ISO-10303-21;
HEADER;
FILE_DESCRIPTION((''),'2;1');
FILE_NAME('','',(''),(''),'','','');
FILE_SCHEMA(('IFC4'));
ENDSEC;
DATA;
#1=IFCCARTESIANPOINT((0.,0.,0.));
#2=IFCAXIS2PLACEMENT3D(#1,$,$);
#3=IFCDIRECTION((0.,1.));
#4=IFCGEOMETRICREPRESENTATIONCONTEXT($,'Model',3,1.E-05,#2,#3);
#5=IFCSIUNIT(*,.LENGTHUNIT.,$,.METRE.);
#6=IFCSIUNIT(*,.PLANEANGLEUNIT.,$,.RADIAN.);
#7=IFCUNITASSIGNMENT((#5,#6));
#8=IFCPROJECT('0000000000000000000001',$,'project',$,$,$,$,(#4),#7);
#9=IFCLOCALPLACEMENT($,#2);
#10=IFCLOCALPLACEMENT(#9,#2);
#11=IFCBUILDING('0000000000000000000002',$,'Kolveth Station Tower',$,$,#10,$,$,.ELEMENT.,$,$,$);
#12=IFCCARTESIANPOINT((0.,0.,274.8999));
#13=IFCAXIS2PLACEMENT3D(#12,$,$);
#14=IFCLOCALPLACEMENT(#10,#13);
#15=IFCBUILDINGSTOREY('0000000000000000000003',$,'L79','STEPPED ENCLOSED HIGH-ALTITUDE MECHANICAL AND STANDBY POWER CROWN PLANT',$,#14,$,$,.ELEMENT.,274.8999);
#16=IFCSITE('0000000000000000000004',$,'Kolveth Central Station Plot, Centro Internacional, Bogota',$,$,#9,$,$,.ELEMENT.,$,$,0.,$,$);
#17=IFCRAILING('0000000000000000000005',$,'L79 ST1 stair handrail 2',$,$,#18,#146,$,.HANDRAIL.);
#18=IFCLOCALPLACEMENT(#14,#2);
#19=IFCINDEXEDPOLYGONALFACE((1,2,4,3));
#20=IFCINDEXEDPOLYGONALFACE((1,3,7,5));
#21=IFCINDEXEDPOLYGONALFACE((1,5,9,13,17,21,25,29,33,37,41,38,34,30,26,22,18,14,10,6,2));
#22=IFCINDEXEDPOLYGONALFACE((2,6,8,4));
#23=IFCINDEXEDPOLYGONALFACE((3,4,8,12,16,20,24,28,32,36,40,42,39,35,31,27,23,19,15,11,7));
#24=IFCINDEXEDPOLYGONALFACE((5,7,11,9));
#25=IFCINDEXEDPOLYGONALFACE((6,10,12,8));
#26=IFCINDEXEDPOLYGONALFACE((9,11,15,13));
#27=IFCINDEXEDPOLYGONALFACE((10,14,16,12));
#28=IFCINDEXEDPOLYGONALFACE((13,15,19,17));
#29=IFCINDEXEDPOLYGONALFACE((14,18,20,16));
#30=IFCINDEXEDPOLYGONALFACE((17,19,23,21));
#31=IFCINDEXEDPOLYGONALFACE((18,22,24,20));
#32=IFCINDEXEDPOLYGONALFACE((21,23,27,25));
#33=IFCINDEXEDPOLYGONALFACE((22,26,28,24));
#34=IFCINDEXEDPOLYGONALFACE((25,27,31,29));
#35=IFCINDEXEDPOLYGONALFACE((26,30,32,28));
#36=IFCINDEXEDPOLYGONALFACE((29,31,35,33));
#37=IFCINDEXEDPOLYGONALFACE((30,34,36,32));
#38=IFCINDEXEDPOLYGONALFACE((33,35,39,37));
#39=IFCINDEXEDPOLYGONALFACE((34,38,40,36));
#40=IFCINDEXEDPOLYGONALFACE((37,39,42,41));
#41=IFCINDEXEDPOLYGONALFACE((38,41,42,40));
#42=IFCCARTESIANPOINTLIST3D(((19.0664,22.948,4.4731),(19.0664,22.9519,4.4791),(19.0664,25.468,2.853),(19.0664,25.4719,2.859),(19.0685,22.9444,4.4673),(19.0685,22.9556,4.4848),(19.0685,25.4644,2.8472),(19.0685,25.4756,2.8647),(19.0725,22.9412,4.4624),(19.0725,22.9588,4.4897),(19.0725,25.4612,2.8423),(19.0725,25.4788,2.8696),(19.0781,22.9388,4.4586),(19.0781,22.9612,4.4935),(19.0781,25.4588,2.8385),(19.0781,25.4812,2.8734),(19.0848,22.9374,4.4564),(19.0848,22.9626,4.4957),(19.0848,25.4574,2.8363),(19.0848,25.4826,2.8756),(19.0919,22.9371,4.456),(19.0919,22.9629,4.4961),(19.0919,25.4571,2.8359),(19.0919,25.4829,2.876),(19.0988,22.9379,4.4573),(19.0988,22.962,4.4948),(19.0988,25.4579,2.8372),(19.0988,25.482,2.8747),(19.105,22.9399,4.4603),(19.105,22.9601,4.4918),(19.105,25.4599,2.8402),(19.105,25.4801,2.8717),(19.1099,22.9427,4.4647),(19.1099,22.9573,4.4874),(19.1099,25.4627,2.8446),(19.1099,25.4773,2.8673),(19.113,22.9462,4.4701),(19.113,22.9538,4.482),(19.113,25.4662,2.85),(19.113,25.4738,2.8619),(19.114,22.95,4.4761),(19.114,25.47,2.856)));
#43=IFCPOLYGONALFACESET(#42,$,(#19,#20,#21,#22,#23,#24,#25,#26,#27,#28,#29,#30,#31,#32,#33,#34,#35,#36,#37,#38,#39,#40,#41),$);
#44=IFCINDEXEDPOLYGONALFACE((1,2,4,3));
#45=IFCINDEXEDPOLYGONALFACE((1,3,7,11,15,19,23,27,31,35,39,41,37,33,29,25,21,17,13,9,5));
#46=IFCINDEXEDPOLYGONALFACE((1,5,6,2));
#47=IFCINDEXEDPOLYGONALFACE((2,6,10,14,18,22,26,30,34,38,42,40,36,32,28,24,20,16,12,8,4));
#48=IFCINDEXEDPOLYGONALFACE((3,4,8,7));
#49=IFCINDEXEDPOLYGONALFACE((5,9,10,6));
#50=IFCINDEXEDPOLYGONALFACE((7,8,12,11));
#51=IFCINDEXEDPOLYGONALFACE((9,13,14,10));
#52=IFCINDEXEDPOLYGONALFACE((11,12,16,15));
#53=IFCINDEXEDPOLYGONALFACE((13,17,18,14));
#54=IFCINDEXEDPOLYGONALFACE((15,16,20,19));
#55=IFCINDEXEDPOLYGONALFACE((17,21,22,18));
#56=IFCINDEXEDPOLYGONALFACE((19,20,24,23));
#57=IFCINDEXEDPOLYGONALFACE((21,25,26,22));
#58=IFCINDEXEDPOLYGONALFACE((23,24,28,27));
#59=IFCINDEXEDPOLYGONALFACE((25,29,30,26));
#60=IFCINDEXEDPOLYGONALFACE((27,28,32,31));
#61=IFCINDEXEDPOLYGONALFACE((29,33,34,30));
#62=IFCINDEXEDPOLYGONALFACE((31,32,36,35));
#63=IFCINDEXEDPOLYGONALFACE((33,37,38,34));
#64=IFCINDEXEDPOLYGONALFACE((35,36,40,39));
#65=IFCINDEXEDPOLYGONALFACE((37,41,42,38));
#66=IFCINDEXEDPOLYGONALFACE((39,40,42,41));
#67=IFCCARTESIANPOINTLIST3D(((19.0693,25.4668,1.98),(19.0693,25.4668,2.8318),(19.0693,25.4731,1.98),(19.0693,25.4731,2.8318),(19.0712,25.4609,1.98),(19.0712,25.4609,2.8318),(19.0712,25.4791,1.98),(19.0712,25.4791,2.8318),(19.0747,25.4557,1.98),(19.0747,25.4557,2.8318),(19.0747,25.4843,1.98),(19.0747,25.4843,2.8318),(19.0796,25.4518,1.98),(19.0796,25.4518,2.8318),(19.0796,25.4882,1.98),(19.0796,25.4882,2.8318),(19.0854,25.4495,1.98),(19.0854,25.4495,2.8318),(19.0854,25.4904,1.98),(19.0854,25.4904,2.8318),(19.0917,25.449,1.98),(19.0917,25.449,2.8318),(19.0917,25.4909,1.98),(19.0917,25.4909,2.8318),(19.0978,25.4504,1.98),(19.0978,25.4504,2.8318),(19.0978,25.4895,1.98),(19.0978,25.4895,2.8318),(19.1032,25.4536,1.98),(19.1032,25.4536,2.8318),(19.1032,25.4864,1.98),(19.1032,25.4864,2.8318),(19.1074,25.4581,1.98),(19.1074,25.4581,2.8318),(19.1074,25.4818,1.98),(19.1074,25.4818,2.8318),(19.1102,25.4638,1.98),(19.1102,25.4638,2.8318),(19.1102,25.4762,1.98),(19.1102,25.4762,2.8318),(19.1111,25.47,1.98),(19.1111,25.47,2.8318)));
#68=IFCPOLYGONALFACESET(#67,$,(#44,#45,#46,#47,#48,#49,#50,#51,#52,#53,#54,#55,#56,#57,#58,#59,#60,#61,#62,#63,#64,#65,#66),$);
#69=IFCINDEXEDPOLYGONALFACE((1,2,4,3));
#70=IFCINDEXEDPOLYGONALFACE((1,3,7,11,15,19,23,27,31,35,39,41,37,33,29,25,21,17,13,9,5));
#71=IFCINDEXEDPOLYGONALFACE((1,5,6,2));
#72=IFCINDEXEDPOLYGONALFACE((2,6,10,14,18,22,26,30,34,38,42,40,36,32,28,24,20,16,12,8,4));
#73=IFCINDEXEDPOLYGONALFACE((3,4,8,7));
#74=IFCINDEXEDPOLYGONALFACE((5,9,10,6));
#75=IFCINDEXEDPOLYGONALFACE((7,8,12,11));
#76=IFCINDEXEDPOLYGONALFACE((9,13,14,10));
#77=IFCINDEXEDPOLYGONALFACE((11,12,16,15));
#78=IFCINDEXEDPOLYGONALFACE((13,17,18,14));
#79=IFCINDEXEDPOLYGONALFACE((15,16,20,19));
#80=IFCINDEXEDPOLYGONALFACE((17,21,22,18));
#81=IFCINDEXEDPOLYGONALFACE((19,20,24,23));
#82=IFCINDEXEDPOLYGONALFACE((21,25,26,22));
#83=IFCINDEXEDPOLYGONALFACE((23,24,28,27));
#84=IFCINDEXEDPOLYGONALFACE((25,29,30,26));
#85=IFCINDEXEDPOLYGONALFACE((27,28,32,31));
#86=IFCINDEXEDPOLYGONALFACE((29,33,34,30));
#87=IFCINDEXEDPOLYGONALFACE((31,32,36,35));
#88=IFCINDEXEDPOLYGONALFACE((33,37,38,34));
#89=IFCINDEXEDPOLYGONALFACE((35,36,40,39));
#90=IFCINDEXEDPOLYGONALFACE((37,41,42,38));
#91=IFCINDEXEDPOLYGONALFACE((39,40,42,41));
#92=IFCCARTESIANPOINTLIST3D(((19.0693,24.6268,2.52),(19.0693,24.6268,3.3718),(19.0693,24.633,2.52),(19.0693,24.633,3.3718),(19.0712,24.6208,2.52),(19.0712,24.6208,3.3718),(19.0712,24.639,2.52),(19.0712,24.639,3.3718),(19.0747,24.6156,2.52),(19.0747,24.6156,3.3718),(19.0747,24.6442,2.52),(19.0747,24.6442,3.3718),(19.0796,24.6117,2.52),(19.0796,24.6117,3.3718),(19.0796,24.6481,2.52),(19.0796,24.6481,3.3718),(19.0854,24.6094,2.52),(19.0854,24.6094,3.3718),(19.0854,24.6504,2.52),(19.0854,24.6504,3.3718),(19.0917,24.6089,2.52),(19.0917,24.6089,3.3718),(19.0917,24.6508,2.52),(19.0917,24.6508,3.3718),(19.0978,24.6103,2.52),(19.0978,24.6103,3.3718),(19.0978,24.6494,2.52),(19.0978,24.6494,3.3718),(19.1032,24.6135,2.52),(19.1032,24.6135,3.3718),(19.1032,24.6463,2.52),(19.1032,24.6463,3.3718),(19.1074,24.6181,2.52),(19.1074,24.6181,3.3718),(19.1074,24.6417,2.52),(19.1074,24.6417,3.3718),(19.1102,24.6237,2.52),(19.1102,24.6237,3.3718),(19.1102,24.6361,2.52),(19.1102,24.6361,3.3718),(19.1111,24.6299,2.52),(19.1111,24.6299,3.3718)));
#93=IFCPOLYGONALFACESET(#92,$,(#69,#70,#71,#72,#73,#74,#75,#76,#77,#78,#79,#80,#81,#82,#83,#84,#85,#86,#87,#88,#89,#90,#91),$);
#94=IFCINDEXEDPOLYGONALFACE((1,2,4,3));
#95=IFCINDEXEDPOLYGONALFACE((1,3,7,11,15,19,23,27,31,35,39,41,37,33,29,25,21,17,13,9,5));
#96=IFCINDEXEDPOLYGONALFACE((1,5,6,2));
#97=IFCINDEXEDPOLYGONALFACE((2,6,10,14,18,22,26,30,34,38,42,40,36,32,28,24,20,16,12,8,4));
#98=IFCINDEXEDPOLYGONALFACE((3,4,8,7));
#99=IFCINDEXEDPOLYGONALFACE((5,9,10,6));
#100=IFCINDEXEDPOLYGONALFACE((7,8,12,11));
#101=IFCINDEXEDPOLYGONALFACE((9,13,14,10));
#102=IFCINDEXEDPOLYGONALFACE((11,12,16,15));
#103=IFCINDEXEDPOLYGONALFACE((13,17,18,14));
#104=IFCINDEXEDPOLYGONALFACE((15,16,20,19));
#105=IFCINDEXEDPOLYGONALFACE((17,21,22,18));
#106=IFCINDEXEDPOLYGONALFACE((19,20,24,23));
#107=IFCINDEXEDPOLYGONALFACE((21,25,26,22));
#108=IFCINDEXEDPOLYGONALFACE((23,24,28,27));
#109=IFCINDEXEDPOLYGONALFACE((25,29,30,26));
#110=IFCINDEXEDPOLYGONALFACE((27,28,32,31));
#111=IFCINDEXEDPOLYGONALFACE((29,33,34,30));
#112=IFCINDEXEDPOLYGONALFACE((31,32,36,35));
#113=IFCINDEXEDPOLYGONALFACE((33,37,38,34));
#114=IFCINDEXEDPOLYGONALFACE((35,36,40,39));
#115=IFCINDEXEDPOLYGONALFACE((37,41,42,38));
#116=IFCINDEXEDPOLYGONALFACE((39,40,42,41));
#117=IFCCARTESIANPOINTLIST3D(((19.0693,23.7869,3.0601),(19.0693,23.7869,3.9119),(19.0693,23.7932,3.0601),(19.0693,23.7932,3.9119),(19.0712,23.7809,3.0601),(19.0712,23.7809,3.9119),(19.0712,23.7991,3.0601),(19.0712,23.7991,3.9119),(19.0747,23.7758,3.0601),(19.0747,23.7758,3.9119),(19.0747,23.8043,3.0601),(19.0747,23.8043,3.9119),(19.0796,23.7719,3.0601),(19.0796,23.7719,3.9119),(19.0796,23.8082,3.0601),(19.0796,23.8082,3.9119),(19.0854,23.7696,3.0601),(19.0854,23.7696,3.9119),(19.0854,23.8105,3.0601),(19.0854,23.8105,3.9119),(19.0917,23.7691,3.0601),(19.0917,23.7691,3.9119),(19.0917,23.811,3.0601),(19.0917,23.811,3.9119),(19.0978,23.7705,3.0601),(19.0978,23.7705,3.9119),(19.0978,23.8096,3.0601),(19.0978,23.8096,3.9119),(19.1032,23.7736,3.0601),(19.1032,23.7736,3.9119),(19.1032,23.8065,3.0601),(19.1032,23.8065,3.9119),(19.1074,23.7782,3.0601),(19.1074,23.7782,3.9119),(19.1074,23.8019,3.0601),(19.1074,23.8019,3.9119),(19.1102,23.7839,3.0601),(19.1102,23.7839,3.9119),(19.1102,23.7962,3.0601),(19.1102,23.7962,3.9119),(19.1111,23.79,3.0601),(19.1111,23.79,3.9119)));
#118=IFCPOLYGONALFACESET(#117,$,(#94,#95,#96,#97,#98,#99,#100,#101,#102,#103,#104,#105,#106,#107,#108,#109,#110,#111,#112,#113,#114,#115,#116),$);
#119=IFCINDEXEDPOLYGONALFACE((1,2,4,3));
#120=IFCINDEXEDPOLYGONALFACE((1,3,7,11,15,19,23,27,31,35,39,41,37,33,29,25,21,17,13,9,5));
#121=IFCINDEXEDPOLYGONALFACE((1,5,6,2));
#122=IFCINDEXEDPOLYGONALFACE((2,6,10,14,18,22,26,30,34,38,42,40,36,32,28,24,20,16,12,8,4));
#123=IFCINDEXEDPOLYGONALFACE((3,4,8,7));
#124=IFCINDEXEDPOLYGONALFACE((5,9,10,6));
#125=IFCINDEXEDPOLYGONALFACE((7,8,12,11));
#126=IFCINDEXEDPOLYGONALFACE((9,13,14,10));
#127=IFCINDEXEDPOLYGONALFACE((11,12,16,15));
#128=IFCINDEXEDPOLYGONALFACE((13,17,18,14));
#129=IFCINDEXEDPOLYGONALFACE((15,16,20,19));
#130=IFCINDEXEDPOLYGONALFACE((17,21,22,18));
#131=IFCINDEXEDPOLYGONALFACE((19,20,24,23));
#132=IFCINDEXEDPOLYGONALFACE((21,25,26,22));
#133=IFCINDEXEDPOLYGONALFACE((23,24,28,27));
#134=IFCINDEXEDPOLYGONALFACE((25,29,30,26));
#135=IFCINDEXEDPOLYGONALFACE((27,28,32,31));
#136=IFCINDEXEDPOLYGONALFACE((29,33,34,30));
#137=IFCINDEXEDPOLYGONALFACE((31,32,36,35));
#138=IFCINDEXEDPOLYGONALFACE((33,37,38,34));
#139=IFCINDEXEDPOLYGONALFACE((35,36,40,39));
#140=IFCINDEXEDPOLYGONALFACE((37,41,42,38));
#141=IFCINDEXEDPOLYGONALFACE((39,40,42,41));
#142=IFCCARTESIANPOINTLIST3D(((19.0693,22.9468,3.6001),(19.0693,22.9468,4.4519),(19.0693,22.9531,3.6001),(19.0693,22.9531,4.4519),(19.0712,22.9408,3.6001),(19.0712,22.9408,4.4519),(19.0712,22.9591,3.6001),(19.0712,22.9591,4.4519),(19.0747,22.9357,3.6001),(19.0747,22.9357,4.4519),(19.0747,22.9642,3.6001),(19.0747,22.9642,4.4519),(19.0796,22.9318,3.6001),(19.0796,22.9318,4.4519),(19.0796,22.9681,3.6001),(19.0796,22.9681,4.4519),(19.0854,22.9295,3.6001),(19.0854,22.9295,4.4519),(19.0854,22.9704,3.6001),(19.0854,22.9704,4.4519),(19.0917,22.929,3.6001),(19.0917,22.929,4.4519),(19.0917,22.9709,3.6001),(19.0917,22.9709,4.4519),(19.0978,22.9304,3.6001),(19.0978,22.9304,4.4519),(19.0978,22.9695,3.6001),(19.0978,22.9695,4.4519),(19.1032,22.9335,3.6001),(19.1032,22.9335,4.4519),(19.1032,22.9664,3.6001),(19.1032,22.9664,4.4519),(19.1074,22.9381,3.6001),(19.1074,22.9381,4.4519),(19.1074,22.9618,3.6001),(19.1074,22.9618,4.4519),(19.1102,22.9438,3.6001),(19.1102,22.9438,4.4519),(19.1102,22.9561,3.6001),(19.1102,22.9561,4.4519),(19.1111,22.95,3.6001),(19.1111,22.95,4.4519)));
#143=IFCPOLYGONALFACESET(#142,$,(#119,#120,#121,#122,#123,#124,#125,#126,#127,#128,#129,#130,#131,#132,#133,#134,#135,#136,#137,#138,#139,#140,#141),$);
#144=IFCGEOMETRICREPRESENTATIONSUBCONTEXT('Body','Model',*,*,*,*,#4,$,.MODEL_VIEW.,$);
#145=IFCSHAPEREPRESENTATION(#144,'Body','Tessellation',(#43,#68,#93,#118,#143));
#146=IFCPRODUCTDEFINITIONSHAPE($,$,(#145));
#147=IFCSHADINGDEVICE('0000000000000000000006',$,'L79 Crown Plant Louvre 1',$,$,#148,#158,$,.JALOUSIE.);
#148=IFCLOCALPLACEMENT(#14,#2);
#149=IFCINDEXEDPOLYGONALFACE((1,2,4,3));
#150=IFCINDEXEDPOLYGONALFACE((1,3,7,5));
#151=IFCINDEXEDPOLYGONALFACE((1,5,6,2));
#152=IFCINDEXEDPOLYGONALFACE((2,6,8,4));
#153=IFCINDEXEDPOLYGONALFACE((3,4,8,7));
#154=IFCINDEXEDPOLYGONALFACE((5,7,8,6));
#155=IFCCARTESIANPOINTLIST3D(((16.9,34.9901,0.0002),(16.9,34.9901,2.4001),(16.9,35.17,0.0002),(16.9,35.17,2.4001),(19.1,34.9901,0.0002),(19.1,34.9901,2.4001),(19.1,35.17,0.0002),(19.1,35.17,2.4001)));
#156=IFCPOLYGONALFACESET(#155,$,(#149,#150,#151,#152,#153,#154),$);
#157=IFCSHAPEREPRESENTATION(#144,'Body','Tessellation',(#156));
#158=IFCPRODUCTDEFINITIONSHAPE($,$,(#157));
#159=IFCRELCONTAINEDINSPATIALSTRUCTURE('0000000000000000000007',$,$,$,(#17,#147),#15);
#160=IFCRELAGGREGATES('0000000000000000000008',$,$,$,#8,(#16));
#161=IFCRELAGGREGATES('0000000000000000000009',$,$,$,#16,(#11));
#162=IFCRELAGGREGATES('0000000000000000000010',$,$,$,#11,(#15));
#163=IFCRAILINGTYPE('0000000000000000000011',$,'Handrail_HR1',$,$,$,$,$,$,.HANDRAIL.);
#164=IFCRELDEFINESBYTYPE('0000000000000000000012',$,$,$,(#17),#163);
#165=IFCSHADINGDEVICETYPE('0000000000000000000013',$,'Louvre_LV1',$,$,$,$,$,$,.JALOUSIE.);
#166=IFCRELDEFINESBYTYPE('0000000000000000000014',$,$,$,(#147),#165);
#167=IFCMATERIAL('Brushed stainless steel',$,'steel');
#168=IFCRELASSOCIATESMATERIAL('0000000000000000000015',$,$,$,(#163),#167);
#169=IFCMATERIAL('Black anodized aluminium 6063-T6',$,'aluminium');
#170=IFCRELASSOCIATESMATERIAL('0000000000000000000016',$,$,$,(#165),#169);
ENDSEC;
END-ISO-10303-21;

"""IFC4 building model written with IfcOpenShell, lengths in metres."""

from ifc_helpers import new_model, si_unit, direction, frame, origin, origin_2d, place, context, subcontext, project, spatial, rectangle, circle, extrude, source, transform, mapped, material, type_object, element, save


model = new_model("IFC4")

# Units and contexts
model_context = context("Model", 3, precision=1e-05, world=origin(), true_north=direction((0.0, 1.0)))
body_context = subcontext(model_context, "Body", "Model", "MODEL_VIEW")
ifc_project = project(units=[si_unit("LENGTHUNIT", "METRE"), si_unit("PLANEANGLEUNIT", "RADIAN")], contexts=[model_context])

# Site, building, storey
site_placement = place(None, origin())
site = spatial("IfcSite", under=ifc_project, at=site_placement, Name="Kolveth Central Station Plot, Centro Internacional, Bogota", CompositionType="ELEMENT", RefElevation=0.0)
building_placement = place(site_placement, origin())
building = spatial("IfcBuilding", under=site, at=building_placement, Name="Kolveth Station Tower", CompositionType="ELEMENT")
storey_placement = place(building_placement, frame((0.0, 0.0, 274.8999)))
storey = spatial("IfcBuildingStorey", under=building, at=storey_placement, Name="L79", Description="STEPPED ENCLOSED HIGH-ALTITUDE MECHANICAL AND STANDBY POWER CROWN PLANT", CompositionType="ELEMENT", Elevation=274.8999)

# Railing
ifc_material_1 = material(Name="Brushed stainless steel", Category="steel")
railing_type_1 = type_object("IfcRailingType", Name="Handrail_HR1", PredefinedType="HANDRAIL", material=ifc_material_1)
railing_1_placement = place(storey_placement, frame((19.0901, 25.47, 1.98)))
element("IfcRailing", 1, at=railing_1_placement, inside=storey, type_object=railing_type_1, Name="L79 ST1 stair handrail 2", PredefinedType="HANDRAIL", context=body_context, shape_type="SweptSolid", body=[
    extrude(circle(Radius=0.0239, at=origin_2d()), frame((0.0, 0.0, 0.876), z_axis=(0.0, -0.841163, 0.540782), x_axis=(1.0, 0.0, 0.0)), (0.0, 0.0, 1.0), 2.9958),
    extrude(circle(Radius=0.021, at=origin_2d()), origin(), (0.0, 0.0, 1.0), 0.8518),
    extrude(circle(Radius=0.021, at=origin_2d()), frame((0.0, -0.8401, 0.54)), (0.0, 0.0, 1.0), 0.8518),
    extrude(circle(Radius=0.021, at=origin_2d()), frame((0.0, -1.6799, 1.0801)), (0.0, 0.0, 1.0), 0.8518),
    extrude(circle(Radius=0.021, at=origin_2d()), frame((0.0, -2.52, 1.6201)), (0.0, 0.0, 1.0), 0.8518),
])

# Shading device
ifc_material_2 = material(Name="Black anodized aluminium 6063-T6", Category="aluminium")
shading_device_type = type_object("IfcShadingDeviceType", Name="Louvre_LV1", PredefinedType="JALOUSIE", material=ifc_material_2)
shared_shape_1 = source(origin(), body_context, "Body", "SweptSolid", [
    extrude(rectangle(XDim=2.2, YDim=0.1799, at=origin_2d()), origin(), (0.0, 0.0, 1.0), 2.3999),
])
shading_device_placement = place(storey_placement, frame((18.0, 35.0801, 0.0002), z_axis=(0.0, 0.0, 1.0), x_axis=(1.0, 0.0, 0.0)))
element("IfcShadingDevice", 2, at=shading_device_placement, inside=storey, type_object=shading_device_type, Name="L79 Crown Plant Louvre 1", PredefinedType="JALOUSIE", context=body_context, shape_type="MappedRepresentation", body=[
    mapped(shared_shape_1, transform((0.0, 0.0, 0.0), x_axis=(1.0, 0.0, 0.0), y_axis=(0.0, 1.0, 0.0), z_axis=(0.0, 0.0, 1.0), scale=1.0)),
])

save(model, "model.ifc")
